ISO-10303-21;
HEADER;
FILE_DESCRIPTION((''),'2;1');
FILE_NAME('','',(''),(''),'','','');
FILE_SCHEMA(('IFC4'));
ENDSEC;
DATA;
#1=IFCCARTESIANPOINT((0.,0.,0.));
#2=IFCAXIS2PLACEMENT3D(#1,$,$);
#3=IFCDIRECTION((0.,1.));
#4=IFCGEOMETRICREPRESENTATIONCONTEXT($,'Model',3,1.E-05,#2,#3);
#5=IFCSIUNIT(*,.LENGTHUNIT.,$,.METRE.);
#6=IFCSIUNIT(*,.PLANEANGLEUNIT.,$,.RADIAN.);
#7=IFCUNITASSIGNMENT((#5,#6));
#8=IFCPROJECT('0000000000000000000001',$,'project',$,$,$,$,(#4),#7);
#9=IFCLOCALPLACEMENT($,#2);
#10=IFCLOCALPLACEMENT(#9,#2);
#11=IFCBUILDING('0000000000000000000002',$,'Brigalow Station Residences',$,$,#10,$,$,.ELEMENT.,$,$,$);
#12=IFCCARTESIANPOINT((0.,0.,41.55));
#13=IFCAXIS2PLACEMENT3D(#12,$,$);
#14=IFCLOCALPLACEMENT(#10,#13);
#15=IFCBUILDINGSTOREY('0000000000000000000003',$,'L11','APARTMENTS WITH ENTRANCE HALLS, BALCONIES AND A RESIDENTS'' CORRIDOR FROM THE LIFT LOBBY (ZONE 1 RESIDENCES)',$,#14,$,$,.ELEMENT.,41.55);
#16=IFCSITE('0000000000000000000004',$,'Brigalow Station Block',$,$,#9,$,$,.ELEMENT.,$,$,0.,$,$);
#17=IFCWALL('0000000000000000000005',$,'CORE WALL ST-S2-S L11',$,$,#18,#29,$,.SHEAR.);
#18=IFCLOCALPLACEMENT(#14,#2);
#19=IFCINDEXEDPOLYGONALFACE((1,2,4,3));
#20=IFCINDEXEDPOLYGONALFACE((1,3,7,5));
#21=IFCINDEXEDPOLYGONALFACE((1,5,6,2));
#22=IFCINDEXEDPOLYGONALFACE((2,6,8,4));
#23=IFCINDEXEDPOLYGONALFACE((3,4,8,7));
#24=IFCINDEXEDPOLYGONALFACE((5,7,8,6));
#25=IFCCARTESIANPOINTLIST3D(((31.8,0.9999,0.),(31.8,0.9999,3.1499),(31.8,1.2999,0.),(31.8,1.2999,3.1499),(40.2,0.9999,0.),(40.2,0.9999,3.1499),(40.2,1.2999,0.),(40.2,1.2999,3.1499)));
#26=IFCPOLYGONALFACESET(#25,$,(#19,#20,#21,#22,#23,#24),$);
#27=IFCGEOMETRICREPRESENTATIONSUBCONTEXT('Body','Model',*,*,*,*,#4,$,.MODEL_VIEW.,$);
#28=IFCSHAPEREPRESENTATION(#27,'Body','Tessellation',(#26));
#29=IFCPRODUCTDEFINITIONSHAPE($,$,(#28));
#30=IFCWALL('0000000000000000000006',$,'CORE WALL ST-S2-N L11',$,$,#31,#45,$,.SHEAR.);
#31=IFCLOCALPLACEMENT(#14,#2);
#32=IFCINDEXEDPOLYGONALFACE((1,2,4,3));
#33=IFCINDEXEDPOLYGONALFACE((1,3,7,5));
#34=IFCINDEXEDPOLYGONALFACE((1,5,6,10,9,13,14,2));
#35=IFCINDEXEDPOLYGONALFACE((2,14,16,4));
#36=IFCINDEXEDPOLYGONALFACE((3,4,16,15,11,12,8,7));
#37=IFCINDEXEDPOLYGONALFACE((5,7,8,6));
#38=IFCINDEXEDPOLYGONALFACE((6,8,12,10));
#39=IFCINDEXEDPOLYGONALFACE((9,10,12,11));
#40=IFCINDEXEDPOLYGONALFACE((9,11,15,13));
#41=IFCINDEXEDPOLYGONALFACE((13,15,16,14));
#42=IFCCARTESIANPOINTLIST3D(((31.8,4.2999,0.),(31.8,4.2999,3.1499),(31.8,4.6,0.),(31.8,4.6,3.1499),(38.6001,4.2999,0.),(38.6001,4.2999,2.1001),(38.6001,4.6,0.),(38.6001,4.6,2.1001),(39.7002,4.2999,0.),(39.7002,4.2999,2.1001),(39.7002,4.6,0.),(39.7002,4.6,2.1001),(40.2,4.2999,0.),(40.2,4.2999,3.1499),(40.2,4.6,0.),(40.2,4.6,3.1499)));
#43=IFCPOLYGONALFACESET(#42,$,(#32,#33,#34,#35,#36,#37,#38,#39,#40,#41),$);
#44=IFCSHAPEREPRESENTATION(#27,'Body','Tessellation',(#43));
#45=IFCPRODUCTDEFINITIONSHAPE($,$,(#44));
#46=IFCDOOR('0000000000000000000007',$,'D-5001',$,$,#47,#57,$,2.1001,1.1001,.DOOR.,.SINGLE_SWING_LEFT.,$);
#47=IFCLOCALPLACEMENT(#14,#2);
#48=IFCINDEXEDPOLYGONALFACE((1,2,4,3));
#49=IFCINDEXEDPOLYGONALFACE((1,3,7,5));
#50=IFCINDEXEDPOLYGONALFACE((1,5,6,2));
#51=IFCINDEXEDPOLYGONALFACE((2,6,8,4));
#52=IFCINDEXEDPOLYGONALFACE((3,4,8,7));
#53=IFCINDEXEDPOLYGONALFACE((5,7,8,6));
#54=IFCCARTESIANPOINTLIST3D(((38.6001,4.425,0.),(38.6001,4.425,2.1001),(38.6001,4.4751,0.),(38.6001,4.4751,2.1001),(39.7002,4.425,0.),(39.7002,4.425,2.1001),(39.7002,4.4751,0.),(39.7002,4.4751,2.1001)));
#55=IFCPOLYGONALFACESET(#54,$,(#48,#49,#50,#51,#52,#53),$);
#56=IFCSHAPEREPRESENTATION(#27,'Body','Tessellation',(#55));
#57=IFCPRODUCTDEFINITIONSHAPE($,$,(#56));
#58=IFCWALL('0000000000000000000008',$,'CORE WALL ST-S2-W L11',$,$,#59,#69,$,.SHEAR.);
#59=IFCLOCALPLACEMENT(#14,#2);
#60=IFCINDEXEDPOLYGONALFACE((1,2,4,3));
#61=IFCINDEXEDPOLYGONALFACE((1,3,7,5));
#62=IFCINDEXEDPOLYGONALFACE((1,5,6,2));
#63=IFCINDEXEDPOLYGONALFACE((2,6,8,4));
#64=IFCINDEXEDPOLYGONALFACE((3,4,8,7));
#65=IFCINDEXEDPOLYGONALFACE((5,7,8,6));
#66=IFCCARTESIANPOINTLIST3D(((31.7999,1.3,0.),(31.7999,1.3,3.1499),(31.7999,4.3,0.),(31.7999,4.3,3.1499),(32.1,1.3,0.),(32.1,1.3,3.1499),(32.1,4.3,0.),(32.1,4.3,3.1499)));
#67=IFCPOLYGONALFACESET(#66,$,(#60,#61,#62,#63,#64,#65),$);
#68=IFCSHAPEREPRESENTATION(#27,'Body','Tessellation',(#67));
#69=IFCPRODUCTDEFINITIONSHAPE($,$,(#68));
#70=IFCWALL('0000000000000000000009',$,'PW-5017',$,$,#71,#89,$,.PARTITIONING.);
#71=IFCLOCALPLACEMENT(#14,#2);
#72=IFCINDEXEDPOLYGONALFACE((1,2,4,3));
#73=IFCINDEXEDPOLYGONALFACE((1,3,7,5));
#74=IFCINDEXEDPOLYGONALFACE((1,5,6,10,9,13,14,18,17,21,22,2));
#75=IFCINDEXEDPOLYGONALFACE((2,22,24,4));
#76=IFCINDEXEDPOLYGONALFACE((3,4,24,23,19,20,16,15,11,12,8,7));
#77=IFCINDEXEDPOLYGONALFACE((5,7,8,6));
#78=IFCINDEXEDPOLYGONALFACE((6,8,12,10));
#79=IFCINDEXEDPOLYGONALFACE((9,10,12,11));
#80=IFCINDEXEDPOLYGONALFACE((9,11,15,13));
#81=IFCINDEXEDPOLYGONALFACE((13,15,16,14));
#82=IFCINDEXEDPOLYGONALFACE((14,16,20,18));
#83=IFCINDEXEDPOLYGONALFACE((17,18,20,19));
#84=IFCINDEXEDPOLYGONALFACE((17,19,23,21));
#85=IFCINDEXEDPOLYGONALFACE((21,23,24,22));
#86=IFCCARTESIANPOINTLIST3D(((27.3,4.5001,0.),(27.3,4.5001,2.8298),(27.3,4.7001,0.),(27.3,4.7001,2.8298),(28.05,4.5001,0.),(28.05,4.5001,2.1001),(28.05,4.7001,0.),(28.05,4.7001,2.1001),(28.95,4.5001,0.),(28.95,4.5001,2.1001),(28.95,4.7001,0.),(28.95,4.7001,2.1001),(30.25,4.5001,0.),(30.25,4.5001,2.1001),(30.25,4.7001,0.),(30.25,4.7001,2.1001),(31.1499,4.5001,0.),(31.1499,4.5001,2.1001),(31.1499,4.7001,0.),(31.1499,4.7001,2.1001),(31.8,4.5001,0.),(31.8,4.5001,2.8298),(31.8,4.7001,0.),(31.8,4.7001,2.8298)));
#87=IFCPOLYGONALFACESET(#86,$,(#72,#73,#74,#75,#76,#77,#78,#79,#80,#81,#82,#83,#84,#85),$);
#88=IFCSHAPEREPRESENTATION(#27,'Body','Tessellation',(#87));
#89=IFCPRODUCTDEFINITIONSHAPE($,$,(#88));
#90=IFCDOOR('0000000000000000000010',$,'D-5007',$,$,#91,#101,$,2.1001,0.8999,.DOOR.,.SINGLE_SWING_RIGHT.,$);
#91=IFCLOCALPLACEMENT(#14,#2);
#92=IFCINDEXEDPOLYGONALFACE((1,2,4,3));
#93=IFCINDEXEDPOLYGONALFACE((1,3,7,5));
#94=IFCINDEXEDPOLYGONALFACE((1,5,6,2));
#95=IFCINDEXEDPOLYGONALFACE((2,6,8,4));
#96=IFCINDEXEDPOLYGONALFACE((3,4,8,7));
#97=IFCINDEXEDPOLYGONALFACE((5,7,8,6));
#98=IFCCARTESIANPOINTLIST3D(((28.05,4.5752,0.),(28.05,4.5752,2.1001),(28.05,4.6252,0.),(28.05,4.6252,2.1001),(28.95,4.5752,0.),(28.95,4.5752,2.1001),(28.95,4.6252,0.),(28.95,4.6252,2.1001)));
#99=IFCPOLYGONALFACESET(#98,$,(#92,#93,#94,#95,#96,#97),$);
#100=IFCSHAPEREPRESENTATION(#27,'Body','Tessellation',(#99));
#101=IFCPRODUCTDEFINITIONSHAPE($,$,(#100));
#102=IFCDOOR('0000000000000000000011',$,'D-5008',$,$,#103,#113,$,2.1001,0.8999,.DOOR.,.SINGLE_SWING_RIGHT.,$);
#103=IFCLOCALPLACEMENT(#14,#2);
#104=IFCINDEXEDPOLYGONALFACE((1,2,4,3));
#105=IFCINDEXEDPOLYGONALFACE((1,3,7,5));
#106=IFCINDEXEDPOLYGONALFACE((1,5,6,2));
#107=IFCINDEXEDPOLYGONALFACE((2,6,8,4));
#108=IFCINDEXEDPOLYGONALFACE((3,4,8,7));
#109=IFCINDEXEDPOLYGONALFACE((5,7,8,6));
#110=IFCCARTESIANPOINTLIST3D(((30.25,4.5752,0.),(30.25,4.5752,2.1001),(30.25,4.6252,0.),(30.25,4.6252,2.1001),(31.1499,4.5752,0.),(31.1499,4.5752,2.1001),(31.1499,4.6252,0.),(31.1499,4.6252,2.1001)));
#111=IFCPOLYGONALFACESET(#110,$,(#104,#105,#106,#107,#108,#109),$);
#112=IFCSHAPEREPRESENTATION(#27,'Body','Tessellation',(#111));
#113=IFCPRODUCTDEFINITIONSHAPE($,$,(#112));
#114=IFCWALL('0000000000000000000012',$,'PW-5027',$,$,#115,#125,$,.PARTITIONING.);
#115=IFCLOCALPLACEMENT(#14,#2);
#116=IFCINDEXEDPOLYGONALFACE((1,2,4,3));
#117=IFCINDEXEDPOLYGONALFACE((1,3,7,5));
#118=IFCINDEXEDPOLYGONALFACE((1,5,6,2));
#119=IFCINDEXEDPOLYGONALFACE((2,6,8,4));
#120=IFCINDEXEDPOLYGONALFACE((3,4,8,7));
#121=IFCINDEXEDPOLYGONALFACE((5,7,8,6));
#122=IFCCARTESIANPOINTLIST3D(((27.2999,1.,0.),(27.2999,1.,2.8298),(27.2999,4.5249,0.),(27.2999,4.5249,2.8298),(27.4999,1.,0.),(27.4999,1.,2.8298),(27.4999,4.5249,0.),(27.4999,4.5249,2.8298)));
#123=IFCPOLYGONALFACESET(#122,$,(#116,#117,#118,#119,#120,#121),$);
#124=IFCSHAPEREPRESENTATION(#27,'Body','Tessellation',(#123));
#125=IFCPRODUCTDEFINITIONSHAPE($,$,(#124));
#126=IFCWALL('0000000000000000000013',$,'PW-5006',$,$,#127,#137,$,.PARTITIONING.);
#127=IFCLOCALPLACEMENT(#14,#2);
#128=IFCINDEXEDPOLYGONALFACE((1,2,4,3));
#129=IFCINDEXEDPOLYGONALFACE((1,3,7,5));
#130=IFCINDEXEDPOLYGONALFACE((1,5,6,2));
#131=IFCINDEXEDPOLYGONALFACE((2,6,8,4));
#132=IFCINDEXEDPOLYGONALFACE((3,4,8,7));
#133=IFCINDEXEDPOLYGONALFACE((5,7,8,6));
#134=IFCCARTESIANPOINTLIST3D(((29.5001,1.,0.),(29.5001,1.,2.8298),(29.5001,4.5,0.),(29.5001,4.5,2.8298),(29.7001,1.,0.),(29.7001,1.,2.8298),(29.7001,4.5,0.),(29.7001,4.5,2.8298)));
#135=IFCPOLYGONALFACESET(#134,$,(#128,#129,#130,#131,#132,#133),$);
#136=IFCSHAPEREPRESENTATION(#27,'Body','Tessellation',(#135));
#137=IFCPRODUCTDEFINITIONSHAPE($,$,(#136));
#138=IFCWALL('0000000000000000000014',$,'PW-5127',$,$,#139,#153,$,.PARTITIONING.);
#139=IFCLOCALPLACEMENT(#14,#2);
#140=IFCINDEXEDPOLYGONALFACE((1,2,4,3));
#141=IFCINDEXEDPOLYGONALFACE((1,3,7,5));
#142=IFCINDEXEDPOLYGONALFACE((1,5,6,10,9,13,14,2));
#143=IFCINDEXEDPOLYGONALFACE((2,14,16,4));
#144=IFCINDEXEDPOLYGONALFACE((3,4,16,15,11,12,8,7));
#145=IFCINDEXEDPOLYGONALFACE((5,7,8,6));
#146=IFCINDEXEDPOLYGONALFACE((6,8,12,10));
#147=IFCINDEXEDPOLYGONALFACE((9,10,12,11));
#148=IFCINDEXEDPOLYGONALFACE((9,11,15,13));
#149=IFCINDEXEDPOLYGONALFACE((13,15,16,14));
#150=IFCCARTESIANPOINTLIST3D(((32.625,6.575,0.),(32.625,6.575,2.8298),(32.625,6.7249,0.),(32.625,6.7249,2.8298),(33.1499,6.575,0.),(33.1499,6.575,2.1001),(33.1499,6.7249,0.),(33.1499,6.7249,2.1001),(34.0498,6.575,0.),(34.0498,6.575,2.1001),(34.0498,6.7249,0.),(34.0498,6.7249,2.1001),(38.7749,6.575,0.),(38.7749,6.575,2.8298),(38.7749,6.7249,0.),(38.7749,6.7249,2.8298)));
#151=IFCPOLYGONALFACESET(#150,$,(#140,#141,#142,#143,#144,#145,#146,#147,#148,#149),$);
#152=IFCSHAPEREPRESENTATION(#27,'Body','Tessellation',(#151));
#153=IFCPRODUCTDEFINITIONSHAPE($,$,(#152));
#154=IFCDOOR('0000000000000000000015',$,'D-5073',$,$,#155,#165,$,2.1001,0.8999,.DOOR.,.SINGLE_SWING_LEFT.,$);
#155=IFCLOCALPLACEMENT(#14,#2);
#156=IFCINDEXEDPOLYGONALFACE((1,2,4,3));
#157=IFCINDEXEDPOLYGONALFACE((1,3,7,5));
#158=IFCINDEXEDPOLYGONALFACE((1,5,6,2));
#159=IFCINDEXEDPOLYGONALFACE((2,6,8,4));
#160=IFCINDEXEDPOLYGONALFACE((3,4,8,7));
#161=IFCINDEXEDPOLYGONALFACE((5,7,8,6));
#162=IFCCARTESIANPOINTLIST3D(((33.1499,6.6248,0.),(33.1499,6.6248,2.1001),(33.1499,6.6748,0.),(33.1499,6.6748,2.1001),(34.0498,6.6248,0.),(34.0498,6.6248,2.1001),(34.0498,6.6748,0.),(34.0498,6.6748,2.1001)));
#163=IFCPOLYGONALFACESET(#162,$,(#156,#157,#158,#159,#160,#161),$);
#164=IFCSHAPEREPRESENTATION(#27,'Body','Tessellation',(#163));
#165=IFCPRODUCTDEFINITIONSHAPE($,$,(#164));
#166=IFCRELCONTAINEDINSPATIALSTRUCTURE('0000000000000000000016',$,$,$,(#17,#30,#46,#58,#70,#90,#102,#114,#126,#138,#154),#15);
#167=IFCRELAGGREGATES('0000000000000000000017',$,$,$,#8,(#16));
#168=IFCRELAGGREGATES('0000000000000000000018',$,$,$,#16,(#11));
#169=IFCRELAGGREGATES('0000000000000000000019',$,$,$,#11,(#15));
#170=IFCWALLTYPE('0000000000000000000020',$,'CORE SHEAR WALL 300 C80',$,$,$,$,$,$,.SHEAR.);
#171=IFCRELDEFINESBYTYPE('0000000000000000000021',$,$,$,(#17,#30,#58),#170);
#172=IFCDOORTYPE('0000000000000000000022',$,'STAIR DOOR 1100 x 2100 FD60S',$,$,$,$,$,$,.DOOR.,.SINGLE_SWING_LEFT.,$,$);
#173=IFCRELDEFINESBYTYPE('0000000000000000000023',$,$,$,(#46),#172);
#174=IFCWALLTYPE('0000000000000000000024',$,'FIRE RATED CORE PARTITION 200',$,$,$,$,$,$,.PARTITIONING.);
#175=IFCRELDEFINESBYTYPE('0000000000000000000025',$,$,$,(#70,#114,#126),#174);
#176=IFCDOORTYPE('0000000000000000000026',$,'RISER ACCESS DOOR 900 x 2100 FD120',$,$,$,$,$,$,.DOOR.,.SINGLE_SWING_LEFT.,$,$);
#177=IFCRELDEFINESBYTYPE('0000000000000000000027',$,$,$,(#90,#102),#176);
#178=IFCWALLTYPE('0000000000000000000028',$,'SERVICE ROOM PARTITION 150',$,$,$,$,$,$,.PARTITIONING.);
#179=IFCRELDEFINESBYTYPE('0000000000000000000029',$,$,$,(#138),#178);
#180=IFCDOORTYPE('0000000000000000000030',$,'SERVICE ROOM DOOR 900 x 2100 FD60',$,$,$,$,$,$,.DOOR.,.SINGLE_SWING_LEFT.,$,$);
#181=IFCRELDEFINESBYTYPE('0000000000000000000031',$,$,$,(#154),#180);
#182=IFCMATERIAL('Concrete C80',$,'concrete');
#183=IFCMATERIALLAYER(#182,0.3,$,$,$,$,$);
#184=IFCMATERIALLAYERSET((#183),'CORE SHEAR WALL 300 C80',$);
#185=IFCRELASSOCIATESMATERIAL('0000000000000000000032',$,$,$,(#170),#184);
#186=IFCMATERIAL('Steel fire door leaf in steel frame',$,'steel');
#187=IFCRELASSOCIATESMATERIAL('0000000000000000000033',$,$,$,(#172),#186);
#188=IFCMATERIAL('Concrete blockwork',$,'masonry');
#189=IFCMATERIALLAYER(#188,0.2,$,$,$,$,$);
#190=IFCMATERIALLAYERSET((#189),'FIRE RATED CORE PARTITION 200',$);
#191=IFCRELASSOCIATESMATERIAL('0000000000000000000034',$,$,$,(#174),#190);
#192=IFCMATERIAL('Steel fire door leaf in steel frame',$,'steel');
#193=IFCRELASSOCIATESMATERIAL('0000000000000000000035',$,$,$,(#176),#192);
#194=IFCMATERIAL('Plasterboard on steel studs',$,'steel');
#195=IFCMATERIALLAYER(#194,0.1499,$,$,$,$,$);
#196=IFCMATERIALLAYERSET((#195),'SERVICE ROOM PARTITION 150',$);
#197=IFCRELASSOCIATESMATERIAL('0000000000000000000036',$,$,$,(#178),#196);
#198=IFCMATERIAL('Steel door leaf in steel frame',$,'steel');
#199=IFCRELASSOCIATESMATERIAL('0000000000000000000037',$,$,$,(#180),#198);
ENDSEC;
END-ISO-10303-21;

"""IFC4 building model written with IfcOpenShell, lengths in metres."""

from ifc_helpers import new_model, si_unit, direction, frame, frame_2d, origin, place, context, subcontext, project, spatial, rectangle, extrude, material, layer, layer_set, type_object, element, fill, save


model = new_model("IFC4")

# Units and contexts
model_context = context("Model", 3, precision=1e-05, world=origin(), true_north=direction((0.0, 1.0)))
body_context = subcontext(model_context, "Body", "Model", "MODEL_VIEW")
ifc_project = project(units=[si_unit("LENGTHUNIT", "METRE"), si_unit("PLANEANGLEUNIT", "RADIAN")], contexts=[model_context])

# Site, building, storey
site_placement = place(None, origin())
site = spatial("IfcSite", under=ifc_project, at=site_placement, Name="Brigalow Station Block", CompositionType="ELEMENT", RefElevation=0.0)
building_placement = place(site_placement, origin())
building = spatial("IfcBuilding", under=site, at=building_placement, Name="Brigalow Station Residences", CompositionType="ELEMENT")
storey_placement = place(building_placement, frame((0.0, 0.0, 41.55)))
storey = spatial("IfcBuildingStorey", under=building, at=storey_placement, Name="L11", Description="APARTMENTS WITH ENTRANCE HALLS, BALCONIES AND A RESIDENTS' CORRIDOR FROM THE LIFT LOBBY (ZONE 1 RESIDENCES)", CompositionType="ELEMENT", Elevation=41.55)

# Wall
ifc_material_1 = material(Name="Concrete C80", Category="concrete")
ifc_layer_1 = layer(ifc_material_1, 0.3)
ifc_layer_set_1 = layer_set([ifc_layer_1], Name="CORE SHEAR WALL 300 C80")
wall_type_1 = type_object("IfcWallType", Name="CORE SHEAR WALL 300 C80", PredefinedType="SHEAR", material=ifc_layer_set_1)
wall_1_placement = place(storey_placement, frame((31.8, 1.1499, 0.0), z_axis=(0.0, 0.0, 1.0), x_axis=(1.0, 0.0, 0.0)))
element("IfcWall", 1, at=wall_1_placement, inside=storey, type_object=wall_type_1, Name="CORE WALL ST-S2-S L11", PredefinedType="SHEAR", context=body_context, shape_type="SweptSolid", body=[
    extrude(rectangle(XDim=8.3999, YDim=0.3, at=frame_2d((4.2, 0.0))), origin(), (0.0, 0.0, 1.0), 3.1499),
])

# Wall, opening, door
wall_2_placement = place(storey_placement, frame((31.8, 4.45, 0.0), z_axis=(0.0, 0.0, 1.0), x_axis=(1.0, 0.0, 0.0)))
wall_2 = element("IfcWall", 2, at=wall_2_placement, inside=storey, type_object=wall_type_1, Name="CORE WALL ST-S2-N L11", PredefinedType="SHEAR", context=body_context, shape_type="SweptSolid", body=[
    extrude(rectangle(XDim=8.3999, YDim=0.3, at=frame_2d((4.2, 0.0))), origin(), (0.0, 0.0, 1.0), 3.1499),
])
opening_1_placement = place(wall_2_placement, frame((6.8, 0.0, 0.0)))
opening_1 = element("IfcOpeningElement", 3, at=opening_1_placement, cuts=wall_2, PredefinedType="OPENING", context=body_context, shape_type="SweptSolid", body=[
    extrude(rectangle(XDim=1.1001, YDim=2.1001, at=frame_2d((0.55, 1.05))), frame((0.0, 0.1602, 0.0), z_axis=(0.0, -1.0, 0.0), x_axis=(1.0, 0.0, 0.0)), (0.0, 0.0, 1.0), 0.3201),
])
ifc_material_2 = material(Name="Steel fire door leaf in steel frame", Category="steel")
door_type_1 = type_object("IfcDoorType", Name="STAIR DOOR 1100 x 2100 FD60S", OperationType="SINGLE_SWING_LEFT", PredefinedType="DOOR", material=ifc_material_2)
door_1_placement = place(opening_1_placement, frame((1.1001, 0.0, 0.0), z_axis=(0.0, 0.0, 1.0), x_axis=(-1.0, 0.0, 0.0)))
door_1 = element("IfcDoor", 4, at=door_1_placement, inside=storey, type_object=door_type_1, Name="D-5001", OperationType="SINGLE_SWING_LEFT", OverallHeight=2.1001, OverallWidth=1.1001, PredefinedType="DOOR", context=body_context, shape_type="SweptSolid", body=[
    extrude(rectangle(XDim=1.1001, YDim=2.1001, at=frame_2d((0.55, 1.05))), frame((0.0, 0.0249, 0.0), z_axis=(0.0, -1.0, 0.0), x_axis=(1.0, 0.0, 0.0)), (0.0, 0.0, 1.0), 0.05),
])
fill(opening_1, door_1)

# Wall
wall_3_placement = place(storey_placement, frame((31.95, 1.3, 0.0), z_axis=(0.0, 0.0, 1.0), x_axis=(0.0, 1.0, 0.0)))
element("IfcWall", 5, at=wall_3_placement, inside=storey, type_object=wall_type_1, Name="CORE WALL ST-S2-W L11", PredefinedType="SHEAR", context=body_context, shape_type="SweptSolid", body=[
    extrude(rectangle(XDim=3.0, YDim=0.3, at=frame_2d((1.5, 0.0))), origin(), (0.0, 0.0, 1.0), 3.1499),
])

# Wall, openings, doors
ifc_material_3 = material(Name="Concrete blockwork", Category="masonry")
ifc_layer_2 = layer(ifc_material_3, 0.2)
ifc_layer_set_2 = layer_set([ifc_layer_2], Name="FIRE RATED CORE PARTITION 200")
wall_type_2 = type_object("IfcWallType", Name="FIRE RATED CORE PARTITION 200", PredefinedType="PARTITIONING", material=ifc_layer_set_2)
wall_4_placement = place(storey_placement, frame((27.3, 4.6001, 0.0), z_axis=(0.0, 0.0, 1.0), x_axis=(1.0, 0.0, 0.0)))
wall_4 = element("IfcWall", 6, at=wall_4_placement, inside=storey, type_object=wall_type_2, Name="PW-5017", PredefinedType="PARTITIONING", context=body_context, shape_type="SweptSolid", body=[
    extrude(rectangle(XDim=4.5, YDim=0.2, at=frame_2d((2.25, 0.0))), origin(), (0.0, 0.0, 1.0), 2.8298),
])
opening_2_placement = place(wall_4_placement, frame((0.75, 0.0, 0.0)))
opening_2 = element("IfcOpeningElement", 7, at=opening_2_placement, cuts=wall_4, PredefinedType="OPENING", context=body_context, shape_type="SweptSolid", body=[
    extrude(rectangle(XDim=0.8999, YDim=2.1001, at=frame_2d((0.45, 1.05))), frame((0.0, 0.1099, 0.0), z_axis=(0.0, -1.0, 0.0), x_axis=(1.0, 0.0, 0.0)), (0.0, 0.0, 1.0), 0.22),
])
opening_3_placement = place(wall_4_placement, frame((2.95, 0.0, 0.0)))
opening_3 = element("IfcOpeningElement", 8, at=opening_3_placement, cuts=wall_4, PredefinedType="OPENING", context=body_context, shape_type="SweptSolid", body=[
    extrude(rectangle(XDim=0.8999, YDim=2.1001, at=frame_2d((0.45, 1.05))), frame((0.0, 0.1099, 0.0), z_axis=(0.0, -1.0, 0.0), x_axis=(1.0, 0.0, 0.0)), (0.0, 0.0, 1.0), 0.22),
])
ifc_material_4 = material(Name="Steel fire door leaf in steel frame", Category="steel")
door_type_2 = type_object("IfcDoorType", Name="RISER ACCESS DOOR 900 x 2100 FD120", OperationType="SINGLE_SWING_LEFT", PredefinedType="DOOR", material=ifc_material_4)
door_2_placement = place(opening_2_placement, frame((0.8999, 0.0, 0.0), z_axis=(0.0, 0.0, 1.0), x_axis=(-1.0, 0.0, 0.0)))
door_2 = element("IfcDoor", 9, at=door_2_placement, inside=storey, type_object=door_type_2, Name="D-5007", OperationType="SINGLE_SWING_RIGHT", OverallHeight=2.1001, OverallWidth=0.8999, PredefinedType="DOOR", context=body_context, shape_type="SweptSolid", body=[
    extrude(rectangle(XDim=0.8999, YDim=2.1001, at=frame_2d((0.45, 1.05))), frame((0.0, 0.0249, 0.0), z_axis=(0.0, -1.0, 0.0), x_axis=(1.0, 0.0, 0.0)), (0.0, 0.0, 1.0), 0.05),
])
fill(opening_2, door_2)
door_3_placement = place(opening_3_placement, frame((0.8999, 0.0, 0.0), z_axis=(0.0, 0.0, 1.0), x_axis=(-1.0, 0.0, 0.0)))
door_3 = element("IfcDoor", 10, at=door_3_placement, inside=storey, type_object=door_type_2, Name="D-5008", OperationType="SINGLE_SWING_RIGHT", OverallHeight=2.1001, OverallWidth=0.8999, PredefinedType="DOOR", context=body_context, shape_type="SweptSolid", body=[
    extrude(rectangle(XDim=0.8999, YDim=2.1001, at=frame_2d((0.45, 1.05))), frame((0.0, 0.0249, 0.0), z_axis=(0.0, -1.0, 0.0), x_axis=(1.0, 0.0, 0.0)), (0.0, 0.0, 1.0), 0.05),
])
fill(opening_3, door_3)

# Walls
wall_5_placement = place(storey_placement, frame((27.3999, 1.0, 0.0), z_axis=(0.0, 0.0, 1.0), x_axis=(0.0, 1.0, 0.0)))
element("IfcWall", 11, at=wall_5_placement, inside=storey, type_object=wall_type_2, Name="PW-5027", PredefinedType="PARTITIONING", context=body_context, shape_type="SweptSolid", body=[
    extrude(rectangle(XDim=3.5249, YDim=0.2, at=frame_2d((1.7625, 0.0))), origin(), (0.0, 0.0, 1.0), 2.8298),
])
wall_6_placement = place(storey_placement, frame((29.6001, 1.0, 0.0), z_axis=(0.0, 0.0, 1.0), x_axis=(0.0, 1.0, 0.0)))
element("IfcWall", 12, at=wall_6_placement, inside=storey, type_object=wall_type_2, Name="PW-5006", PredefinedType="PARTITIONING", context=body_context, shape_type="SweptSolid", body=[
    extrude(rectangle(XDim=3.5, YDim=0.2, at=frame_2d((1.75, 0.0))), origin(), (0.0, 0.0, 1.0), 2.8298),
])

# Wall, opening, door
ifc_material_5 = material(Name="Plasterboard on steel studs", Category="steel")
ifc_layer_3 = layer(ifc_material_5, 0.1499)
ifc_layer_set_3 = layer_set([ifc_layer_3], Name="SERVICE ROOM PARTITION 150")
wall_type_3 = type_object("IfcWallType", Name="SERVICE ROOM PARTITION 150", PredefinedType="PARTITIONING", material=ifc_layer_set_3)
wall_7_placement = place(storey_placement, frame((32.625, 6.6499, 0.0), z_axis=(0.0, 0.0, 1.0), x_axis=(1.0, 0.0, 0.0)))
wall_7 = element("IfcWall", 13, at=wall_7_placement, inside=storey, type_object=wall_type_3, Name="PW-5127", PredefinedType="PARTITIONING", context=body_context, shape_type="SweptSolid", body=[
    extrude(rectangle(XDim=6.1499, YDim=0.1499, at=frame_2d((3.075, 0.0))), origin(), (0.0, 0.0, 1.0), 2.8298),
])
opening_4_placement = place(wall_7_placement, frame((0.5249, 0.0, 0.0)))
opening_4 = element("IfcOpeningElement", 14, at=opening_4_placement, cuts=wall_7, PredefinedType="OPENING", context=body_context, shape_type="SweptSolid", body=[
    extrude(rectangle(XDim=0.8999, YDim=2.1001, at=frame_2d((0.45, 1.05))), frame((0.0, 0.085, 0.0), z_axis=(0.0, -1.0, 0.0), x_axis=(1.0, 0.0, 0.0)), (0.0, 0.0, 1.0), 0.1699),
])
ifc_material_6 = material(Name="Steel door leaf in steel frame", Category="steel")
door_type_3 = type_object("IfcDoorType", Name="SERVICE ROOM DOOR 900 x 2100 FD60", OperationType="SINGLE_SWING_LEFT", PredefinedType="DOOR", material=ifc_material_6)
door_4_placement = place(opening_4_placement, origin())
door_4 = element("IfcDoor", 15, at=door_4_placement, inside=storey, type_object=door_type_3, Name="D-5073", OperationType="SINGLE_SWING_LEFT", OverallHeight=2.1001, OverallWidth=0.8999, PredefinedType="DOOR", context=body_context, shape_type="SweptSolid", body=[
    extrude(rectangle(XDim=0.8999, YDim=2.1001, at=frame_2d((0.45, 1.05))), frame((0.0, 0.0249, 0.0), z_axis=(0.0, -1.0, 0.0), x_axis=(1.0, 0.0, 0.0)), (0.0, 0.0, 1.0), 0.05),
])
fill(opening_4, door_4)

save(model, "model.ifc")
